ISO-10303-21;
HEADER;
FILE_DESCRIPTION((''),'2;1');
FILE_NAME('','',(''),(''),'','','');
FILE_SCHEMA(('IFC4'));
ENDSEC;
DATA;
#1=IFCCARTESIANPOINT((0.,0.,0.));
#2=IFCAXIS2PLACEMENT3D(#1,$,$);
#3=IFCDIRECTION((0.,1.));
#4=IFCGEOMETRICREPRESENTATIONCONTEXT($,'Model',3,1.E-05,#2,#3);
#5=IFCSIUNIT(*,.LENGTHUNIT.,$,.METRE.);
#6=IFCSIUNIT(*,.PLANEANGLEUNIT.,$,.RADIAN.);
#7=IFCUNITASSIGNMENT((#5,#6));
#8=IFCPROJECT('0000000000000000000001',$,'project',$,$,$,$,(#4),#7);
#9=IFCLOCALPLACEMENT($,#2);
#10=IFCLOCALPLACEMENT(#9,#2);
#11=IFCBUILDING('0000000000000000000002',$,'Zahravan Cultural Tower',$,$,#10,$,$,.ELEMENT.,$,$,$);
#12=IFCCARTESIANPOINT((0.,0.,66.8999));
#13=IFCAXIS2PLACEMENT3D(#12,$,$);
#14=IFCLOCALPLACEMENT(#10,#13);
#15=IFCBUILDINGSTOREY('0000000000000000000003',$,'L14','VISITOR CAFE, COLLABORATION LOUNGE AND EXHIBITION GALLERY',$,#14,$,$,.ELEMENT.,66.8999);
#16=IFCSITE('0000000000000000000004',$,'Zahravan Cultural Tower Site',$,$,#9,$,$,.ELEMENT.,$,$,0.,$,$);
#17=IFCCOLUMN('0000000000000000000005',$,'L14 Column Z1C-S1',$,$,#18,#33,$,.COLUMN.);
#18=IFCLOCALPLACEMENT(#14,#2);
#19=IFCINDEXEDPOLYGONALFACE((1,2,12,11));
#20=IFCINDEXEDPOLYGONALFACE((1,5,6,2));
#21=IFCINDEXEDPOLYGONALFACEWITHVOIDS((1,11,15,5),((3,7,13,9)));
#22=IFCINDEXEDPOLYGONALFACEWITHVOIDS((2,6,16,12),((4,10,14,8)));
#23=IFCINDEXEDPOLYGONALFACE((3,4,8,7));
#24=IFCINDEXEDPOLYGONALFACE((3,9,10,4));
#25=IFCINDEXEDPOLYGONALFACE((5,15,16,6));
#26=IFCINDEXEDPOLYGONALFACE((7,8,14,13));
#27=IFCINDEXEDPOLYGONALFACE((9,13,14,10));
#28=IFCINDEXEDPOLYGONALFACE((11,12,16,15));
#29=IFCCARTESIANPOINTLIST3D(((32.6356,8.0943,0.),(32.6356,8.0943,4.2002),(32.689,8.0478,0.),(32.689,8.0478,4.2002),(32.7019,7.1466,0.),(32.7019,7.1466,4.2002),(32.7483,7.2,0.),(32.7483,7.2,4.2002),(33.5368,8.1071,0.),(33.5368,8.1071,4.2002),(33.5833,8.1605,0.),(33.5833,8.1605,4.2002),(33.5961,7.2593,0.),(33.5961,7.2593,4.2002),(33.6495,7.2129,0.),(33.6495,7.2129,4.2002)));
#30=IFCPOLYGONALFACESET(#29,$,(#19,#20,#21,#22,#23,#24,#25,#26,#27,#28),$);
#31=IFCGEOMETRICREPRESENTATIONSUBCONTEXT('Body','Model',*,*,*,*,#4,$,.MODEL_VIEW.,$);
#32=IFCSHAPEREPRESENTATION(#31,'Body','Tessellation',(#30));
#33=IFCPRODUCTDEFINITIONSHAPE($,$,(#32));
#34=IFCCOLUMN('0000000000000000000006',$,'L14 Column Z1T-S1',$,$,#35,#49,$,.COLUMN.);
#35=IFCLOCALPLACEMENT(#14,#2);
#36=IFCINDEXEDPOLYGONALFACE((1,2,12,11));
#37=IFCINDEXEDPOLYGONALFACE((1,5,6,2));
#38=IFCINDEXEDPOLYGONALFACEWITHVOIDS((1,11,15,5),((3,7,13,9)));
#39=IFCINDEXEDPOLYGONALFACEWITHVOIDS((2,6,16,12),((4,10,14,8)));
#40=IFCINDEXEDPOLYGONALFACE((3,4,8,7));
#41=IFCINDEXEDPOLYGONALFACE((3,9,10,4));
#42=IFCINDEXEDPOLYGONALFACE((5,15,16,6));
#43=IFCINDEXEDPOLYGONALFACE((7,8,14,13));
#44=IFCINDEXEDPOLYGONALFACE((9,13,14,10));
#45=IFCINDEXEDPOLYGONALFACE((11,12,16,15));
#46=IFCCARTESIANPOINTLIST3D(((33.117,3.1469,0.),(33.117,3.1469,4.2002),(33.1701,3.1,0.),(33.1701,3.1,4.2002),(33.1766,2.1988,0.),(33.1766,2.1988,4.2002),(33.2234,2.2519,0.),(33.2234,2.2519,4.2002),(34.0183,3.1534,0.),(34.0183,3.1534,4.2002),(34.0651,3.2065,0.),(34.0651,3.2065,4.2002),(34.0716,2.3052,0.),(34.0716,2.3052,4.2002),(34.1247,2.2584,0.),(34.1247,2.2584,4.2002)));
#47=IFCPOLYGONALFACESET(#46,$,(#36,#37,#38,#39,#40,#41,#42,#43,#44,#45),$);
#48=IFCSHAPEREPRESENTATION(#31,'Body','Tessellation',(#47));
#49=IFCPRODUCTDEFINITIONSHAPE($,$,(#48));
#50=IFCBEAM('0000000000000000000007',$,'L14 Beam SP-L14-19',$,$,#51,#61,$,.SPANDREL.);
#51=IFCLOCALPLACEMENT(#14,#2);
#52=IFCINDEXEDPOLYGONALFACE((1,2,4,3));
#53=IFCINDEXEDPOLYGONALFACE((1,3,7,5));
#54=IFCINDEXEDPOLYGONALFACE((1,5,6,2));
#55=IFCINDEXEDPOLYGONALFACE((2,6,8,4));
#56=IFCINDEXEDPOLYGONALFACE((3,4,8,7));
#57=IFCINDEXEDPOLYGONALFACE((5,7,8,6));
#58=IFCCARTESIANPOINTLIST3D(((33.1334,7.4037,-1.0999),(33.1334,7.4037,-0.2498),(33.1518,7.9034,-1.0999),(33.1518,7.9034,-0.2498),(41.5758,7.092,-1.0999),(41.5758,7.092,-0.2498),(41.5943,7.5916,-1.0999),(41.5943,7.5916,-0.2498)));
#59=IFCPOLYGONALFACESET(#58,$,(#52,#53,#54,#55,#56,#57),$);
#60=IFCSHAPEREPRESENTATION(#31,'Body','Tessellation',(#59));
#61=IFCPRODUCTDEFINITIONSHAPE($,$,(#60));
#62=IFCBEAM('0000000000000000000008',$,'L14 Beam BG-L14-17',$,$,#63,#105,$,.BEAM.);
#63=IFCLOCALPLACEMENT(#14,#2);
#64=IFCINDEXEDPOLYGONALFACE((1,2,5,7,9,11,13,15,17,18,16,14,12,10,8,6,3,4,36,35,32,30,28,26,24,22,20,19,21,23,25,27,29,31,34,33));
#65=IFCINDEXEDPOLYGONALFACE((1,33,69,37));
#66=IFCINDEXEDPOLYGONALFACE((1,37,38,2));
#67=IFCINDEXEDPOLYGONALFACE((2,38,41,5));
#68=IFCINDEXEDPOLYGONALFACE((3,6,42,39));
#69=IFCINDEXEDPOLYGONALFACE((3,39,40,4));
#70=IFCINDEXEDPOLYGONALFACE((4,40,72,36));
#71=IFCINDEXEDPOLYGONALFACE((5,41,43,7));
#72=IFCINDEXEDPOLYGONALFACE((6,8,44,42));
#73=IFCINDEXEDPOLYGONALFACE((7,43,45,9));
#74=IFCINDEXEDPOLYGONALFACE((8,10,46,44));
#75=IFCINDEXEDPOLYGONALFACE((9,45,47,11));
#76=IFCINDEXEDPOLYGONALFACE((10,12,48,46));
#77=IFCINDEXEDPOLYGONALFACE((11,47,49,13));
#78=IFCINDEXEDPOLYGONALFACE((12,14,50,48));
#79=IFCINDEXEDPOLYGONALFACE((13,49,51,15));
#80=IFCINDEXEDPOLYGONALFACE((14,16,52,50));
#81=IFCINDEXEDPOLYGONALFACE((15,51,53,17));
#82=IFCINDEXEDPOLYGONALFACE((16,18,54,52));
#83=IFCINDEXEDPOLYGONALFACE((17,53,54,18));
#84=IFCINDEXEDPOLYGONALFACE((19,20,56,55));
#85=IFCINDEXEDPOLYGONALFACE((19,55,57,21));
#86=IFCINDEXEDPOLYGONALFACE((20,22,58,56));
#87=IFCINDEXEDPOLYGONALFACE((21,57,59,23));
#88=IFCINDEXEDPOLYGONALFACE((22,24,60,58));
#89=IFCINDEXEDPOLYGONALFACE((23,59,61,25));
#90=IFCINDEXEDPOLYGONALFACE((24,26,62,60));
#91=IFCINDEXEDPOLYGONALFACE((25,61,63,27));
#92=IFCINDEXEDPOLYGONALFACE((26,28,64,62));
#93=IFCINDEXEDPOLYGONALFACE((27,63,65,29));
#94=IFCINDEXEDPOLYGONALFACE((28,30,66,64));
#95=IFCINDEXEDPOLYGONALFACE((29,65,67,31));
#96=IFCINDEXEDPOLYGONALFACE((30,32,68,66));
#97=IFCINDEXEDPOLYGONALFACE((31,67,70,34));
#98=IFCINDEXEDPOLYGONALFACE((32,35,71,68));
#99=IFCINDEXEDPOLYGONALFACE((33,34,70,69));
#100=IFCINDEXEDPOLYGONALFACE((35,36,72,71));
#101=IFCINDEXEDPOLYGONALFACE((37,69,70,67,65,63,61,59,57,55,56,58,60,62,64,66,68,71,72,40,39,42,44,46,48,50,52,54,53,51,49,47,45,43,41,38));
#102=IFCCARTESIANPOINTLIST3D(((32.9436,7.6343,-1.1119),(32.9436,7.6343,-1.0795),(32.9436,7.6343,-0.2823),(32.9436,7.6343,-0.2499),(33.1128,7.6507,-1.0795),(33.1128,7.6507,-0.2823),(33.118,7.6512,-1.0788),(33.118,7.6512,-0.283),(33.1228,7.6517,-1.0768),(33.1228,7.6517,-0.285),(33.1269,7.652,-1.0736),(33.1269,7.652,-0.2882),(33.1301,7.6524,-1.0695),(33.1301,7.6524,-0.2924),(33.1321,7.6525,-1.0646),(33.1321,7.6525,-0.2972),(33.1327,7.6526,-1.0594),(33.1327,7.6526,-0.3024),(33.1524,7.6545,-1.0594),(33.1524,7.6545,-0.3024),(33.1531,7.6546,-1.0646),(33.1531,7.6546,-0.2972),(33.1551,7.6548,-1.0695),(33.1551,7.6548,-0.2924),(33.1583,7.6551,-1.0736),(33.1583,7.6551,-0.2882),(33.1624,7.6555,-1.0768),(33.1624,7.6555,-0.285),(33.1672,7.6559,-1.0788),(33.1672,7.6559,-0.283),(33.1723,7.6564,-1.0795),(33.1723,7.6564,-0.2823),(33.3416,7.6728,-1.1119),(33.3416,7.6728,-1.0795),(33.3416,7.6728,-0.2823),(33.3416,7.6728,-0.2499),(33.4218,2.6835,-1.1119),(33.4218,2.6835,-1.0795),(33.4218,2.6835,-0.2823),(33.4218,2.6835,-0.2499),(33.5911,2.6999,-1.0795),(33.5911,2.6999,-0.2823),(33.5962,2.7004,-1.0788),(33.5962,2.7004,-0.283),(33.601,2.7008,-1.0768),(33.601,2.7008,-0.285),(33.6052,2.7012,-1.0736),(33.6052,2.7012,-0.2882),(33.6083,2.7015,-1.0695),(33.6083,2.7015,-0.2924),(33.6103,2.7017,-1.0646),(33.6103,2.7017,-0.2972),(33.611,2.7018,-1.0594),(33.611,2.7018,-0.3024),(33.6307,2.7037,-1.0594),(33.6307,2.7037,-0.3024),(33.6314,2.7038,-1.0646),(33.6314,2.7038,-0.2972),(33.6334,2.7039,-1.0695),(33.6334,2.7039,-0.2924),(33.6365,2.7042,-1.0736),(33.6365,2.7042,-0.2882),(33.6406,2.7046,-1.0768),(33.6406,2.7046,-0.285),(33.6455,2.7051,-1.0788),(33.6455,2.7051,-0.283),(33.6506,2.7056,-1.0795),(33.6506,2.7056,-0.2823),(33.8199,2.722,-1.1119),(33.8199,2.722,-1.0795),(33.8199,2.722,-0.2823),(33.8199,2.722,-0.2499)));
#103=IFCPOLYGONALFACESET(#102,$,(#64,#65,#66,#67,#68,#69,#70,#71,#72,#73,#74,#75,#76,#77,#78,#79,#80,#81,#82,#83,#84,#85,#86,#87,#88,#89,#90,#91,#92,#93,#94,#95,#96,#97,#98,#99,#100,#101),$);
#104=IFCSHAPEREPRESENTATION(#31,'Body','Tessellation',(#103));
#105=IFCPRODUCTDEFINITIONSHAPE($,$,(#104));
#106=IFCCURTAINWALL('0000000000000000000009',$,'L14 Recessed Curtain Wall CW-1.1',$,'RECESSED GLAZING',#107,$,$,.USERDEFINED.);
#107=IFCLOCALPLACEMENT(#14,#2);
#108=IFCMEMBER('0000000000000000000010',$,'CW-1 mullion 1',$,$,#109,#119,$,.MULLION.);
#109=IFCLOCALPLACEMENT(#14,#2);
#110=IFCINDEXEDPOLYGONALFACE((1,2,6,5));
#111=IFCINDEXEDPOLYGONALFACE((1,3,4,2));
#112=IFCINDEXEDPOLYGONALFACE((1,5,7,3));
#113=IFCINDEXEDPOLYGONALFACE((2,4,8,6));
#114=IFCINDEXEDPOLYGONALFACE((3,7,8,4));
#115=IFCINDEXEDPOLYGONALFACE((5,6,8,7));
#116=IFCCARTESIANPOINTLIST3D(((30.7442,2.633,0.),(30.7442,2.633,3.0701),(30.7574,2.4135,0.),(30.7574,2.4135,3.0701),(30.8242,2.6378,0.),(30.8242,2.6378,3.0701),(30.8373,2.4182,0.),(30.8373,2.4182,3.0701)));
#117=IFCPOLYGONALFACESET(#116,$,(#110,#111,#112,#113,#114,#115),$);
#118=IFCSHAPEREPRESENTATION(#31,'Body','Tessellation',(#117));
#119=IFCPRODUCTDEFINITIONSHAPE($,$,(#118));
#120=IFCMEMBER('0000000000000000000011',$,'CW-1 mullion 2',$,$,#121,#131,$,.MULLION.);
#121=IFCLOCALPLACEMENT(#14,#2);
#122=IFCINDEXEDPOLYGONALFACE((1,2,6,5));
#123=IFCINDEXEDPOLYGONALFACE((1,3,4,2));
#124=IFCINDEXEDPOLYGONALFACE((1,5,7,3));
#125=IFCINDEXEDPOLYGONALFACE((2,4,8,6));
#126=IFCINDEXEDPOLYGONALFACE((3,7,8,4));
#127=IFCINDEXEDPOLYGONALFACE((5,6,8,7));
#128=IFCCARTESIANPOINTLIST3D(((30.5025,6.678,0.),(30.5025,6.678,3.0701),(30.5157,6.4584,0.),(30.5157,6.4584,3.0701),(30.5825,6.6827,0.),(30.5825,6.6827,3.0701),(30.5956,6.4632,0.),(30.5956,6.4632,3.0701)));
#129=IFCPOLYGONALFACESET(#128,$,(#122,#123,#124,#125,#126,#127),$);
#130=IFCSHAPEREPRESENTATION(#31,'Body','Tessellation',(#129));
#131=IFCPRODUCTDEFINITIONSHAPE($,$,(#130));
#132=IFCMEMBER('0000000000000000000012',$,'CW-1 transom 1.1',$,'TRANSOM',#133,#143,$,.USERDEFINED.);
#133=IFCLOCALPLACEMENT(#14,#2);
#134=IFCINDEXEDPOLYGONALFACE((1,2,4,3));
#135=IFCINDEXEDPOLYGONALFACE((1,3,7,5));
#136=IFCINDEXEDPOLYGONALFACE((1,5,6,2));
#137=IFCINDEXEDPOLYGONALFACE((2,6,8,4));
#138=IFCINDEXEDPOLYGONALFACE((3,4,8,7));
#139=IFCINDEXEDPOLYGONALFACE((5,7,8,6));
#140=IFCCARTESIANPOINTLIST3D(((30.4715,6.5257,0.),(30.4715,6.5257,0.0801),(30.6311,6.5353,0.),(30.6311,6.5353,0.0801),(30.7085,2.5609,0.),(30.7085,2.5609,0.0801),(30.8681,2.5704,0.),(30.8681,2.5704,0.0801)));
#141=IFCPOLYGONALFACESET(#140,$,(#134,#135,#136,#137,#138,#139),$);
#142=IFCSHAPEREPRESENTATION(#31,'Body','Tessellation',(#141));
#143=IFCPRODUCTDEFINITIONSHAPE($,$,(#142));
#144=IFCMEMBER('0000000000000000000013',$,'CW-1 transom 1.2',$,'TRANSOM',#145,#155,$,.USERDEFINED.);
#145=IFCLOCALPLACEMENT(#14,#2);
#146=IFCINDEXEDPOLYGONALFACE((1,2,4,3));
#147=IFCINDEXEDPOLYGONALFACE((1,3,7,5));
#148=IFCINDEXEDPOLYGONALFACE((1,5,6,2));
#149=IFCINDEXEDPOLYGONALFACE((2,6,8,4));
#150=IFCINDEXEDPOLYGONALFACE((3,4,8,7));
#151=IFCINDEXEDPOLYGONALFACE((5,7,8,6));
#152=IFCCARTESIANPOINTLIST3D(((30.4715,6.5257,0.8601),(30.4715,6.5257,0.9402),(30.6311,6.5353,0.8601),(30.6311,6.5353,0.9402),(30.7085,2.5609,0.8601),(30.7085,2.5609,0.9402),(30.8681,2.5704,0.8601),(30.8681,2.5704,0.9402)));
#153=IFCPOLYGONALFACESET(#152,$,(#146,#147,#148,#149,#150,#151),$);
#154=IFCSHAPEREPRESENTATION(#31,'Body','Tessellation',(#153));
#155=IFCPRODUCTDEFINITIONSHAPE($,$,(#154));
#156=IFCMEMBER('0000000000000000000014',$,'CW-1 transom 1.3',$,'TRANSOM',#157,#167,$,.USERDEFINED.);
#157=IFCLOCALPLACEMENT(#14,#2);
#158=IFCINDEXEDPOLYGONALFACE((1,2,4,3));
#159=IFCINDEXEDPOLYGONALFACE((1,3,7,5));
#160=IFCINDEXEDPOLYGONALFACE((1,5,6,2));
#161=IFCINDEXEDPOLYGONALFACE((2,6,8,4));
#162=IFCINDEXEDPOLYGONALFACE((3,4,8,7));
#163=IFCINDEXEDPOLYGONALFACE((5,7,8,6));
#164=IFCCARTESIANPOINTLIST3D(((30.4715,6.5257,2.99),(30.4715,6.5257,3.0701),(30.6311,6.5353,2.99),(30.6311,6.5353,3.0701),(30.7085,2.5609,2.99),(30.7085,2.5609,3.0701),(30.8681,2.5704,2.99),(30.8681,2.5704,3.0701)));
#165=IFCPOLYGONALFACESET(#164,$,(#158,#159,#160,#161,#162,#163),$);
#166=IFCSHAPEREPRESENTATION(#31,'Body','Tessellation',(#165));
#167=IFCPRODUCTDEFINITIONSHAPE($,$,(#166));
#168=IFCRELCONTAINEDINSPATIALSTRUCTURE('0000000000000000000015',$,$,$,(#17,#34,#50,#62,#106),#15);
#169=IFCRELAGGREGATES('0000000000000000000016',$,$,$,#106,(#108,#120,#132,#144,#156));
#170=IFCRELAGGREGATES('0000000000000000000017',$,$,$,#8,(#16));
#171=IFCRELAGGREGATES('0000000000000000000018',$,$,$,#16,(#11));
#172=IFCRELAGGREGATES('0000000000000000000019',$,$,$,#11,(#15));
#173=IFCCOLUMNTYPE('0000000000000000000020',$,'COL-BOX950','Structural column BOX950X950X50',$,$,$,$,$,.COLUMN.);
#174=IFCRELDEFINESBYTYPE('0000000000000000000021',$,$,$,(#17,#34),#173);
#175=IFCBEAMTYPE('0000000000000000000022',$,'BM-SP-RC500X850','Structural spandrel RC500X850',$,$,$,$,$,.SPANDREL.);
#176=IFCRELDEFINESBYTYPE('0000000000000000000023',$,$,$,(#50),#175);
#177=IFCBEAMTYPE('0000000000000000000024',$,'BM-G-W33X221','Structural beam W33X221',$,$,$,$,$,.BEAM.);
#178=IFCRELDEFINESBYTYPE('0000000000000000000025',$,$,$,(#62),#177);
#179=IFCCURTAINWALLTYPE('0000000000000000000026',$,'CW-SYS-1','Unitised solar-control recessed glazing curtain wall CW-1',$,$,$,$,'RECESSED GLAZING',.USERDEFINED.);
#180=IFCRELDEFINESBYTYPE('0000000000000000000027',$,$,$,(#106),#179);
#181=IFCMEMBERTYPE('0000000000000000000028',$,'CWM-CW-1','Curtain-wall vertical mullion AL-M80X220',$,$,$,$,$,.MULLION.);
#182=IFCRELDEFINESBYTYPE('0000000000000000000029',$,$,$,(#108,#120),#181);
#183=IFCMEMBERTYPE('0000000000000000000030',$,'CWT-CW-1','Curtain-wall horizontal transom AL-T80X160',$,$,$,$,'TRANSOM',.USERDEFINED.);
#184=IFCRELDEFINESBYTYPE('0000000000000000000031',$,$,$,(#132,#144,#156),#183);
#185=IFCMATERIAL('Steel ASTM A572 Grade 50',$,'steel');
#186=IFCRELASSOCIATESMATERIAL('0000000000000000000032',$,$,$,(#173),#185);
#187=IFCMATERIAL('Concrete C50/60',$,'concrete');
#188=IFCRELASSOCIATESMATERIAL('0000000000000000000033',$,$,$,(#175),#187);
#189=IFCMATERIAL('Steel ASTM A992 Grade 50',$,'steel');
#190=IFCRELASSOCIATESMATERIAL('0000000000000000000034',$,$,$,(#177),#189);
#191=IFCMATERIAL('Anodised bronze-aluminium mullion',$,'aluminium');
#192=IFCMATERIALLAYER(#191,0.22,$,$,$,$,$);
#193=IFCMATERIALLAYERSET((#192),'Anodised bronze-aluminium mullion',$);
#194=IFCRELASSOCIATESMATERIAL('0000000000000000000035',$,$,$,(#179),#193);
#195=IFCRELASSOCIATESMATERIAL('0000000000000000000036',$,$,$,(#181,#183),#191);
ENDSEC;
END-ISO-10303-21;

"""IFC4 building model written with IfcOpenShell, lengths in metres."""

from ifc_helpers import new_model, si_unit, direction, frame, origin, origin_2d, place, context, subcontext, project, spatial, rectangle, hollow_rectangle, i_section, extrude, source, transform, mapped, material, layer, layer_set, material_profile, profile_set, type_object, element, aggregate, save


model = new_model("IFC4")

# Units and contexts
model_context = context("Model", 3, precision=1e-05, world=origin(), true_north=direction((0.0, 1.0)))
body_context = subcontext(model_context, "Body", "Model", "MODEL_VIEW")
ifc_project = project(units=[si_unit("LENGTHUNIT", "METRE"), si_unit("PLANEANGLEUNIT", "RADIAN")], contexts=[model_context])

# Site, building, storey
site_placement = place(None, origin())
site = spatial("IfcSite", under=ifc_project, at=site_placement, Name="Zahravan Cultural Tower Site", CompositionType="ELEMENT", RefElevation=0.0)
building_placement = place(site_placement, origin())
building = spatial("IfcBuilding", under=site, at=building_placement, Name="Zahravan Cultural Tower", CompositionType="ELEMENT")
storey_placement = place(building_placement, frame((0.0, 0.0, 66.8999)))
storey = spatial("IfcBuildingStorey", under=building, at=storey_placement, Name="L14", Description="VISITOR CAFE, COLLABORATION LOUNGE AND EXHIBITION GALLERY", CompositionType="ELEMENT", Elevation=66.8999)

# Columns
ifc_material_1 = material(Name="Steel ASTM A572 Grade 50", Category="steel")
ifc_material_profile_1 = material_profile(ifc_material_1, hollow_rectangle(XDim=0.95, YDim=0.95, WallThickness=0.05, at=origin_2d()), Name="BOX950X950X50")
ifc_profile_set_1 = profile_set([ifc_material_profile_1], Name="Steel ASTM A572 Grade 50")
column_type = type_object("IfcColumnType", Name="COL-BOX950", Description="Structural column BOX950X950X50", PredefinedType="COLUMN", material=ifc_profile_set_1)
shared_shape_1 = source(origin(), body_context, "Body", "SweptSolid", [
    extrude(hollow_rectangle(XDim=0.95, YDim=0.95, WallThickness=0.05, at=origin_2d()), origin(), (0.0, 0.0, 1.0), 4.2002),
])
for number, where, z_axis, x_axis, name in (
    (1, (33.1426, 7.6536, 0.0), (0.0, 0.0, 1.0), (-0.069756, 0.997564, 0.0), "L14 Column Z1C-S1"),
    (2, (33.6208, 2.7026, 0.0), (0.0, 0.0, 1.0), (-0.062791, 0.998027, 0.0), "L14 Column Z1T-S1"),
):
    element("IfcColumn", number, at=place(storey_placement, frame(where, z_axis=z_axis, x_axis=x_axis)), inside=storey, type_object=column_type, Name=name, PredefinedType="COLUMN", context=body_context, shape_type="MappedRepresentation", body=[
        mapped(shared_shape_1, transform((0.0, 0.0, 0.0), x_axis=(1.0, 0.0, 0.0), y_axis=(0.0, 1.0, 0.0), z_axis=(0.0, 0.0, 1.0), scale=1.0)),
    ])

# Beams
ifc_material_2 = material(Name="Concrete C50/60", Category="concrete")
ifc_material_profile_2 = material_profile(ifc_material_2, rectangle(XDim=0.5, YDim=0.8501, at=origin_2d()), Name="RC500X850")
ifc_profile_set_2 = profile_set([ifc_material_profile_2], Name="Concrete C50/60")
beam_type_1 = type_object("IfcBeamType", Name="BM-SP-RC500X850", Description="Structural spandrel RC500X850", PredefinedType="SPANDREL", material=ifc_profile_set_2)
shared_shape_2 = source(origin(), body_context, "Body", "SweptSolid", [
    extrude(rectangle(XDim=0.5, YDim=0.8501, at=origin_2d()), origin(), (0.0, 0.0, 1.0), 8.4482),
])
beam_1_placement = place(storey_placement, frame((33.1426, 7.6536, -0.6748), z_axis=(0.999319, -0.036904, 0.0), x_axis=(0.036904, 0.999319, 0.0)))
element("IfcBeam", 3, at=beam_1_placement, inside=storey, type_object=beam_type_1, Name="L14 Beam SP-L14-19", PredefinedType="SPANDREL", context=body_context, shape_type="MappedRepresentation", body=[
    mapped(shared_shape_2, transform((0.0, 0.0, 0.0), x_axis=(1.0, 0.0, 0.0), y_axis=(0.0, 1.0, 0.0), z_axis=(0.0, 0.0, 1.0), scale=1.0)),
])
ifc_material_3 = material(Name="Steel ASTM A992 Grade 50", Category="steel")
ifc_material_profile_3 = material_profile(ifc_material_3, i_section(OverallWidth=0.3999, OverallDepth=0.8621, WebThickness=0.0198, FlangeThickness=0.0325, FilletRadius=0.02, at=origin_2d()), Name="W33X221")
ifc_profile_set_3 = profile_set([ifc_material_profile_3], Name="Steel ASTM A992 Grade 50")
beam_type_2 = type_object("IfcBeamType", Name="BM-G-W33X221", Description="Structural beam W33X221", PredefinedType="BEAM", material=ifc_profile_set_3)
shared_shape_3 = source(origin(), body_context, "Body", "SweptSolid", [
    extrude(i_section(OverallWidth=0.3999, OverallDepth=0.8621, WebThickness=0.0198, FlangeThickness=0.0325, FilletRadius=0.02, at=origin_2d()), origin(), (0.0, 0.0, 1.0), 4.9739),
])
beam_2_placement = place(storey_placement, frame((33.1426, 7.6536, -0.6809), z_axis=(0.096155, -0.995366, 0.0), x_axis=(0.995366, 0.096155, 0.0)))
element("IfcBeam", 4, at=beam_2_placement, inside=storey, type_object=beam_type_2, Name="L14 Beam BG-L14-17", PredefinedType="BEAM", context=body_context, shape_type="MappedRepresentation", body=[
    mapped(shared_shape_3, transform((0.0, 0.0, 0.0), x_axis=(1.0, 0.0, 0.0), y_axis=(0.0, 1.0, 0.0), z_axis=(0.0, 0.0, 1.0), scale=1.0)),
])

# Curtain wall, members
ifc_material_4 = material(Name="Anodised bronze-aluminium mullion", Category="aluminium")
ifc_layer_1 = layer(ifc_material_4, 0.22)
ifc_layer_set_1 = layer_set([ifc_layer_1], Name="Anodised bronze-aluminium mullion")
curtain_wall_type = type_object("IfcCurtainWallType", Name="CW-SYS-1", Description="Unitised solar-control recessed glazing curtain wall CW-1", ElementType="RECESSED GLAZING", PredefinedType="USERDEFINED", material=ifc_layer_set_1)
curtain_wall_placement = place(storey_placement, origin())
curtain_wall = element("IfcCurtainWall", 5, at=curtain_wall_placement, inside=storey, type_object=curtain_wall_type, Name="L14 Recessed Curtain Wall CW-1.1", ObjectType="RECESSED GLAZING", PredefinedType="USERDEFINED")
ifc_material_profile_4 = material_profile(ifc_material_4, rectangle(XDim=0.0801, YDim=0.22, at=origin_2d()), Name="AL-M80X220")
ifc_profile_set_4 = profile_set([ifc_material_profile_4], Name="Anodised bronze-aluminium mullion")
member_type_1 = type_object("IfcMemberType", Name="CWM-CW-1", Description="Curtain-wall vertical mullion AL-M80X220", PredefinedType="MULLION", material=ifc_profile_set_4)
shared_shape_4 = source(origin(), body_context, "Body", "SweptSolid", [
    extrude(rectangle(XDim=0.0801, YDim=0.22, at=origin_2d()), origin(), (0.0, 0.0, 1.0), 3.0701),
])
member_1_placement = place(storey_placement, frame((30.7908, 2.5256, 0.0), z_axis=(0.0, 0.0, 1.0), x_axis=(-0.998219, -0.059652, 0.0)))
member_1 = element("IfcMember", 6, at=member_1_placement, type_object=member_type_1, Name="CW-1 mullion 1", PredefinedType="MULLION", context=body_context, shape_type="MappedRepresentation", body=[
    mapped(shared_shape_4, transform((0.0, 0.0, 0.0), x_axis=(1.0, 0.0, 0.0), y_axis=(0.0, 1.0, 0.0), z_axis=(0.0, 0.0, 1.0), scale=1.0)),
])
member_2_placement = place(storey_placement, frame((30.5491, 6.5706, 0.0), z_axis=(0.0, 0.0, 1.0), x_axis=(-0.998219, -0.059652, 0.0)))
member_2 = element("IfcMember", 7, at=member_2_placement, type_object=member_type_1, Name="CW-1 mullion 2", PredefinedType="MULLION", context=body_context, shape_type="MappedRepresentation", body=[
    mapped(shared_shape_4, transform((0.0, 0.0, 0.0), x_axis=(1.0, 0.0, 0.0), y_axis=(0.0, 1.0, 0.0), z_axis=(0.0, 0.0, 1.0), scale=1.0)),
])
ifc_material_profile_5 = material_profile(ifc_material_4, rectangle(XDim=0.1599, YDim=0.0801, at=origin_2d()), Name="AL-T80X160")
ifc_profile_set_5 = profile_set([ifc_material_profile_5], Name="Anodised bronze-aluminium mullion")
member_type_2 = type_object("IfcMemberType", Name="CWT-CW-1", Description="Curtain-wall horizontal transom AL-T80X160", ElementType="TRANSOM", PredefinedType="USERDEFINED", material=ifc_profile_set_5)
shared_shape_5 = source(origin(), body_context, "Body", "SweptSolid", [
    extrude(rectangle(XDim=0.1599, YDim=0.0801, at=origin_2d()), origin(), (0.0, 0.0, 1.0), 3.9719),
])
member_3_placement = place(storey_placement, frame((30.7883, 2.5657, 0.04), z_axis=(-0.059684, 0.998217, 0.0), x_axis=(-0.998217, -0.059684, 0.0)))
member_3 = element("IfcMember", 8, at=member_3_placement, type_object=member_type_2, Name="CW-1 transom 1.1", ObjectType="TRANSOM", PredefinedType="USERDEFINED", context=body_context, shape_type="MappedRepresentation", body=[
    mapped(shared_shape_5, transform((0.0, 0.0, 0.0), x_axis=(1.0, 0.0, 0.0), y_axis=(0.0, 1.0, 0.0), z_axis=(0.0, 0.0, 1.0), scale=1.0)),
])
member_4_placement = place(storey_placement, frame((30.7883, 2.5657, 0.9001), z_axis=(-0.059684, 0.998217, 0.0), x_axis=(-0.998217, -0.059684, 0.0)))
member_4 = element("IfcMember", 9, at=member_4_placement, type_object=member_type_2, Name="CW-1 transom 1.2", ObjectType="TRANSOM", PredefinedType="USERDEFINED", context=body_context, shape_type="MappedRepresentation", body=[
    mapped(shared_shape_5, transform((0.0, 0.0, 0.0), x_axis=(1.0, 0.0, 0.0), y_axis=(0.0, 1.0, 0.0), z_axis=(0.0, 0.0, 1.0), scale=1.0)),
])
member_5_placement = place(storey_placement, frame((30.7883, 2.5657, 3.03), z_axis=(-0.059684, 0.998217, 0.0), x_axis=(-0.998217, -0.059684, 0.0)))
member_5 = element("IfcMember", 10, at=member_5_placement, type_object=member_type_2, Name="CW-1 transom 1.3", ObjectType="TRANSOM", PredefinedType="USERDEFINED", context=body_context, shape_type="MappedRepresentation", body=[
    mapped(shared_shape_5, transform((0.0, 0.0, 0.0), x_axis=(1.0, 0.0, 0.0), y_axis=(0.0, 1.0, 0.0), z_axis=(0.0, 0.0, 1.0), scale=1.0)),
])
aggregate(curtain_wall, [member_1, member_2, member_3, member_4, member_5])

save(model, "model.ifc")
